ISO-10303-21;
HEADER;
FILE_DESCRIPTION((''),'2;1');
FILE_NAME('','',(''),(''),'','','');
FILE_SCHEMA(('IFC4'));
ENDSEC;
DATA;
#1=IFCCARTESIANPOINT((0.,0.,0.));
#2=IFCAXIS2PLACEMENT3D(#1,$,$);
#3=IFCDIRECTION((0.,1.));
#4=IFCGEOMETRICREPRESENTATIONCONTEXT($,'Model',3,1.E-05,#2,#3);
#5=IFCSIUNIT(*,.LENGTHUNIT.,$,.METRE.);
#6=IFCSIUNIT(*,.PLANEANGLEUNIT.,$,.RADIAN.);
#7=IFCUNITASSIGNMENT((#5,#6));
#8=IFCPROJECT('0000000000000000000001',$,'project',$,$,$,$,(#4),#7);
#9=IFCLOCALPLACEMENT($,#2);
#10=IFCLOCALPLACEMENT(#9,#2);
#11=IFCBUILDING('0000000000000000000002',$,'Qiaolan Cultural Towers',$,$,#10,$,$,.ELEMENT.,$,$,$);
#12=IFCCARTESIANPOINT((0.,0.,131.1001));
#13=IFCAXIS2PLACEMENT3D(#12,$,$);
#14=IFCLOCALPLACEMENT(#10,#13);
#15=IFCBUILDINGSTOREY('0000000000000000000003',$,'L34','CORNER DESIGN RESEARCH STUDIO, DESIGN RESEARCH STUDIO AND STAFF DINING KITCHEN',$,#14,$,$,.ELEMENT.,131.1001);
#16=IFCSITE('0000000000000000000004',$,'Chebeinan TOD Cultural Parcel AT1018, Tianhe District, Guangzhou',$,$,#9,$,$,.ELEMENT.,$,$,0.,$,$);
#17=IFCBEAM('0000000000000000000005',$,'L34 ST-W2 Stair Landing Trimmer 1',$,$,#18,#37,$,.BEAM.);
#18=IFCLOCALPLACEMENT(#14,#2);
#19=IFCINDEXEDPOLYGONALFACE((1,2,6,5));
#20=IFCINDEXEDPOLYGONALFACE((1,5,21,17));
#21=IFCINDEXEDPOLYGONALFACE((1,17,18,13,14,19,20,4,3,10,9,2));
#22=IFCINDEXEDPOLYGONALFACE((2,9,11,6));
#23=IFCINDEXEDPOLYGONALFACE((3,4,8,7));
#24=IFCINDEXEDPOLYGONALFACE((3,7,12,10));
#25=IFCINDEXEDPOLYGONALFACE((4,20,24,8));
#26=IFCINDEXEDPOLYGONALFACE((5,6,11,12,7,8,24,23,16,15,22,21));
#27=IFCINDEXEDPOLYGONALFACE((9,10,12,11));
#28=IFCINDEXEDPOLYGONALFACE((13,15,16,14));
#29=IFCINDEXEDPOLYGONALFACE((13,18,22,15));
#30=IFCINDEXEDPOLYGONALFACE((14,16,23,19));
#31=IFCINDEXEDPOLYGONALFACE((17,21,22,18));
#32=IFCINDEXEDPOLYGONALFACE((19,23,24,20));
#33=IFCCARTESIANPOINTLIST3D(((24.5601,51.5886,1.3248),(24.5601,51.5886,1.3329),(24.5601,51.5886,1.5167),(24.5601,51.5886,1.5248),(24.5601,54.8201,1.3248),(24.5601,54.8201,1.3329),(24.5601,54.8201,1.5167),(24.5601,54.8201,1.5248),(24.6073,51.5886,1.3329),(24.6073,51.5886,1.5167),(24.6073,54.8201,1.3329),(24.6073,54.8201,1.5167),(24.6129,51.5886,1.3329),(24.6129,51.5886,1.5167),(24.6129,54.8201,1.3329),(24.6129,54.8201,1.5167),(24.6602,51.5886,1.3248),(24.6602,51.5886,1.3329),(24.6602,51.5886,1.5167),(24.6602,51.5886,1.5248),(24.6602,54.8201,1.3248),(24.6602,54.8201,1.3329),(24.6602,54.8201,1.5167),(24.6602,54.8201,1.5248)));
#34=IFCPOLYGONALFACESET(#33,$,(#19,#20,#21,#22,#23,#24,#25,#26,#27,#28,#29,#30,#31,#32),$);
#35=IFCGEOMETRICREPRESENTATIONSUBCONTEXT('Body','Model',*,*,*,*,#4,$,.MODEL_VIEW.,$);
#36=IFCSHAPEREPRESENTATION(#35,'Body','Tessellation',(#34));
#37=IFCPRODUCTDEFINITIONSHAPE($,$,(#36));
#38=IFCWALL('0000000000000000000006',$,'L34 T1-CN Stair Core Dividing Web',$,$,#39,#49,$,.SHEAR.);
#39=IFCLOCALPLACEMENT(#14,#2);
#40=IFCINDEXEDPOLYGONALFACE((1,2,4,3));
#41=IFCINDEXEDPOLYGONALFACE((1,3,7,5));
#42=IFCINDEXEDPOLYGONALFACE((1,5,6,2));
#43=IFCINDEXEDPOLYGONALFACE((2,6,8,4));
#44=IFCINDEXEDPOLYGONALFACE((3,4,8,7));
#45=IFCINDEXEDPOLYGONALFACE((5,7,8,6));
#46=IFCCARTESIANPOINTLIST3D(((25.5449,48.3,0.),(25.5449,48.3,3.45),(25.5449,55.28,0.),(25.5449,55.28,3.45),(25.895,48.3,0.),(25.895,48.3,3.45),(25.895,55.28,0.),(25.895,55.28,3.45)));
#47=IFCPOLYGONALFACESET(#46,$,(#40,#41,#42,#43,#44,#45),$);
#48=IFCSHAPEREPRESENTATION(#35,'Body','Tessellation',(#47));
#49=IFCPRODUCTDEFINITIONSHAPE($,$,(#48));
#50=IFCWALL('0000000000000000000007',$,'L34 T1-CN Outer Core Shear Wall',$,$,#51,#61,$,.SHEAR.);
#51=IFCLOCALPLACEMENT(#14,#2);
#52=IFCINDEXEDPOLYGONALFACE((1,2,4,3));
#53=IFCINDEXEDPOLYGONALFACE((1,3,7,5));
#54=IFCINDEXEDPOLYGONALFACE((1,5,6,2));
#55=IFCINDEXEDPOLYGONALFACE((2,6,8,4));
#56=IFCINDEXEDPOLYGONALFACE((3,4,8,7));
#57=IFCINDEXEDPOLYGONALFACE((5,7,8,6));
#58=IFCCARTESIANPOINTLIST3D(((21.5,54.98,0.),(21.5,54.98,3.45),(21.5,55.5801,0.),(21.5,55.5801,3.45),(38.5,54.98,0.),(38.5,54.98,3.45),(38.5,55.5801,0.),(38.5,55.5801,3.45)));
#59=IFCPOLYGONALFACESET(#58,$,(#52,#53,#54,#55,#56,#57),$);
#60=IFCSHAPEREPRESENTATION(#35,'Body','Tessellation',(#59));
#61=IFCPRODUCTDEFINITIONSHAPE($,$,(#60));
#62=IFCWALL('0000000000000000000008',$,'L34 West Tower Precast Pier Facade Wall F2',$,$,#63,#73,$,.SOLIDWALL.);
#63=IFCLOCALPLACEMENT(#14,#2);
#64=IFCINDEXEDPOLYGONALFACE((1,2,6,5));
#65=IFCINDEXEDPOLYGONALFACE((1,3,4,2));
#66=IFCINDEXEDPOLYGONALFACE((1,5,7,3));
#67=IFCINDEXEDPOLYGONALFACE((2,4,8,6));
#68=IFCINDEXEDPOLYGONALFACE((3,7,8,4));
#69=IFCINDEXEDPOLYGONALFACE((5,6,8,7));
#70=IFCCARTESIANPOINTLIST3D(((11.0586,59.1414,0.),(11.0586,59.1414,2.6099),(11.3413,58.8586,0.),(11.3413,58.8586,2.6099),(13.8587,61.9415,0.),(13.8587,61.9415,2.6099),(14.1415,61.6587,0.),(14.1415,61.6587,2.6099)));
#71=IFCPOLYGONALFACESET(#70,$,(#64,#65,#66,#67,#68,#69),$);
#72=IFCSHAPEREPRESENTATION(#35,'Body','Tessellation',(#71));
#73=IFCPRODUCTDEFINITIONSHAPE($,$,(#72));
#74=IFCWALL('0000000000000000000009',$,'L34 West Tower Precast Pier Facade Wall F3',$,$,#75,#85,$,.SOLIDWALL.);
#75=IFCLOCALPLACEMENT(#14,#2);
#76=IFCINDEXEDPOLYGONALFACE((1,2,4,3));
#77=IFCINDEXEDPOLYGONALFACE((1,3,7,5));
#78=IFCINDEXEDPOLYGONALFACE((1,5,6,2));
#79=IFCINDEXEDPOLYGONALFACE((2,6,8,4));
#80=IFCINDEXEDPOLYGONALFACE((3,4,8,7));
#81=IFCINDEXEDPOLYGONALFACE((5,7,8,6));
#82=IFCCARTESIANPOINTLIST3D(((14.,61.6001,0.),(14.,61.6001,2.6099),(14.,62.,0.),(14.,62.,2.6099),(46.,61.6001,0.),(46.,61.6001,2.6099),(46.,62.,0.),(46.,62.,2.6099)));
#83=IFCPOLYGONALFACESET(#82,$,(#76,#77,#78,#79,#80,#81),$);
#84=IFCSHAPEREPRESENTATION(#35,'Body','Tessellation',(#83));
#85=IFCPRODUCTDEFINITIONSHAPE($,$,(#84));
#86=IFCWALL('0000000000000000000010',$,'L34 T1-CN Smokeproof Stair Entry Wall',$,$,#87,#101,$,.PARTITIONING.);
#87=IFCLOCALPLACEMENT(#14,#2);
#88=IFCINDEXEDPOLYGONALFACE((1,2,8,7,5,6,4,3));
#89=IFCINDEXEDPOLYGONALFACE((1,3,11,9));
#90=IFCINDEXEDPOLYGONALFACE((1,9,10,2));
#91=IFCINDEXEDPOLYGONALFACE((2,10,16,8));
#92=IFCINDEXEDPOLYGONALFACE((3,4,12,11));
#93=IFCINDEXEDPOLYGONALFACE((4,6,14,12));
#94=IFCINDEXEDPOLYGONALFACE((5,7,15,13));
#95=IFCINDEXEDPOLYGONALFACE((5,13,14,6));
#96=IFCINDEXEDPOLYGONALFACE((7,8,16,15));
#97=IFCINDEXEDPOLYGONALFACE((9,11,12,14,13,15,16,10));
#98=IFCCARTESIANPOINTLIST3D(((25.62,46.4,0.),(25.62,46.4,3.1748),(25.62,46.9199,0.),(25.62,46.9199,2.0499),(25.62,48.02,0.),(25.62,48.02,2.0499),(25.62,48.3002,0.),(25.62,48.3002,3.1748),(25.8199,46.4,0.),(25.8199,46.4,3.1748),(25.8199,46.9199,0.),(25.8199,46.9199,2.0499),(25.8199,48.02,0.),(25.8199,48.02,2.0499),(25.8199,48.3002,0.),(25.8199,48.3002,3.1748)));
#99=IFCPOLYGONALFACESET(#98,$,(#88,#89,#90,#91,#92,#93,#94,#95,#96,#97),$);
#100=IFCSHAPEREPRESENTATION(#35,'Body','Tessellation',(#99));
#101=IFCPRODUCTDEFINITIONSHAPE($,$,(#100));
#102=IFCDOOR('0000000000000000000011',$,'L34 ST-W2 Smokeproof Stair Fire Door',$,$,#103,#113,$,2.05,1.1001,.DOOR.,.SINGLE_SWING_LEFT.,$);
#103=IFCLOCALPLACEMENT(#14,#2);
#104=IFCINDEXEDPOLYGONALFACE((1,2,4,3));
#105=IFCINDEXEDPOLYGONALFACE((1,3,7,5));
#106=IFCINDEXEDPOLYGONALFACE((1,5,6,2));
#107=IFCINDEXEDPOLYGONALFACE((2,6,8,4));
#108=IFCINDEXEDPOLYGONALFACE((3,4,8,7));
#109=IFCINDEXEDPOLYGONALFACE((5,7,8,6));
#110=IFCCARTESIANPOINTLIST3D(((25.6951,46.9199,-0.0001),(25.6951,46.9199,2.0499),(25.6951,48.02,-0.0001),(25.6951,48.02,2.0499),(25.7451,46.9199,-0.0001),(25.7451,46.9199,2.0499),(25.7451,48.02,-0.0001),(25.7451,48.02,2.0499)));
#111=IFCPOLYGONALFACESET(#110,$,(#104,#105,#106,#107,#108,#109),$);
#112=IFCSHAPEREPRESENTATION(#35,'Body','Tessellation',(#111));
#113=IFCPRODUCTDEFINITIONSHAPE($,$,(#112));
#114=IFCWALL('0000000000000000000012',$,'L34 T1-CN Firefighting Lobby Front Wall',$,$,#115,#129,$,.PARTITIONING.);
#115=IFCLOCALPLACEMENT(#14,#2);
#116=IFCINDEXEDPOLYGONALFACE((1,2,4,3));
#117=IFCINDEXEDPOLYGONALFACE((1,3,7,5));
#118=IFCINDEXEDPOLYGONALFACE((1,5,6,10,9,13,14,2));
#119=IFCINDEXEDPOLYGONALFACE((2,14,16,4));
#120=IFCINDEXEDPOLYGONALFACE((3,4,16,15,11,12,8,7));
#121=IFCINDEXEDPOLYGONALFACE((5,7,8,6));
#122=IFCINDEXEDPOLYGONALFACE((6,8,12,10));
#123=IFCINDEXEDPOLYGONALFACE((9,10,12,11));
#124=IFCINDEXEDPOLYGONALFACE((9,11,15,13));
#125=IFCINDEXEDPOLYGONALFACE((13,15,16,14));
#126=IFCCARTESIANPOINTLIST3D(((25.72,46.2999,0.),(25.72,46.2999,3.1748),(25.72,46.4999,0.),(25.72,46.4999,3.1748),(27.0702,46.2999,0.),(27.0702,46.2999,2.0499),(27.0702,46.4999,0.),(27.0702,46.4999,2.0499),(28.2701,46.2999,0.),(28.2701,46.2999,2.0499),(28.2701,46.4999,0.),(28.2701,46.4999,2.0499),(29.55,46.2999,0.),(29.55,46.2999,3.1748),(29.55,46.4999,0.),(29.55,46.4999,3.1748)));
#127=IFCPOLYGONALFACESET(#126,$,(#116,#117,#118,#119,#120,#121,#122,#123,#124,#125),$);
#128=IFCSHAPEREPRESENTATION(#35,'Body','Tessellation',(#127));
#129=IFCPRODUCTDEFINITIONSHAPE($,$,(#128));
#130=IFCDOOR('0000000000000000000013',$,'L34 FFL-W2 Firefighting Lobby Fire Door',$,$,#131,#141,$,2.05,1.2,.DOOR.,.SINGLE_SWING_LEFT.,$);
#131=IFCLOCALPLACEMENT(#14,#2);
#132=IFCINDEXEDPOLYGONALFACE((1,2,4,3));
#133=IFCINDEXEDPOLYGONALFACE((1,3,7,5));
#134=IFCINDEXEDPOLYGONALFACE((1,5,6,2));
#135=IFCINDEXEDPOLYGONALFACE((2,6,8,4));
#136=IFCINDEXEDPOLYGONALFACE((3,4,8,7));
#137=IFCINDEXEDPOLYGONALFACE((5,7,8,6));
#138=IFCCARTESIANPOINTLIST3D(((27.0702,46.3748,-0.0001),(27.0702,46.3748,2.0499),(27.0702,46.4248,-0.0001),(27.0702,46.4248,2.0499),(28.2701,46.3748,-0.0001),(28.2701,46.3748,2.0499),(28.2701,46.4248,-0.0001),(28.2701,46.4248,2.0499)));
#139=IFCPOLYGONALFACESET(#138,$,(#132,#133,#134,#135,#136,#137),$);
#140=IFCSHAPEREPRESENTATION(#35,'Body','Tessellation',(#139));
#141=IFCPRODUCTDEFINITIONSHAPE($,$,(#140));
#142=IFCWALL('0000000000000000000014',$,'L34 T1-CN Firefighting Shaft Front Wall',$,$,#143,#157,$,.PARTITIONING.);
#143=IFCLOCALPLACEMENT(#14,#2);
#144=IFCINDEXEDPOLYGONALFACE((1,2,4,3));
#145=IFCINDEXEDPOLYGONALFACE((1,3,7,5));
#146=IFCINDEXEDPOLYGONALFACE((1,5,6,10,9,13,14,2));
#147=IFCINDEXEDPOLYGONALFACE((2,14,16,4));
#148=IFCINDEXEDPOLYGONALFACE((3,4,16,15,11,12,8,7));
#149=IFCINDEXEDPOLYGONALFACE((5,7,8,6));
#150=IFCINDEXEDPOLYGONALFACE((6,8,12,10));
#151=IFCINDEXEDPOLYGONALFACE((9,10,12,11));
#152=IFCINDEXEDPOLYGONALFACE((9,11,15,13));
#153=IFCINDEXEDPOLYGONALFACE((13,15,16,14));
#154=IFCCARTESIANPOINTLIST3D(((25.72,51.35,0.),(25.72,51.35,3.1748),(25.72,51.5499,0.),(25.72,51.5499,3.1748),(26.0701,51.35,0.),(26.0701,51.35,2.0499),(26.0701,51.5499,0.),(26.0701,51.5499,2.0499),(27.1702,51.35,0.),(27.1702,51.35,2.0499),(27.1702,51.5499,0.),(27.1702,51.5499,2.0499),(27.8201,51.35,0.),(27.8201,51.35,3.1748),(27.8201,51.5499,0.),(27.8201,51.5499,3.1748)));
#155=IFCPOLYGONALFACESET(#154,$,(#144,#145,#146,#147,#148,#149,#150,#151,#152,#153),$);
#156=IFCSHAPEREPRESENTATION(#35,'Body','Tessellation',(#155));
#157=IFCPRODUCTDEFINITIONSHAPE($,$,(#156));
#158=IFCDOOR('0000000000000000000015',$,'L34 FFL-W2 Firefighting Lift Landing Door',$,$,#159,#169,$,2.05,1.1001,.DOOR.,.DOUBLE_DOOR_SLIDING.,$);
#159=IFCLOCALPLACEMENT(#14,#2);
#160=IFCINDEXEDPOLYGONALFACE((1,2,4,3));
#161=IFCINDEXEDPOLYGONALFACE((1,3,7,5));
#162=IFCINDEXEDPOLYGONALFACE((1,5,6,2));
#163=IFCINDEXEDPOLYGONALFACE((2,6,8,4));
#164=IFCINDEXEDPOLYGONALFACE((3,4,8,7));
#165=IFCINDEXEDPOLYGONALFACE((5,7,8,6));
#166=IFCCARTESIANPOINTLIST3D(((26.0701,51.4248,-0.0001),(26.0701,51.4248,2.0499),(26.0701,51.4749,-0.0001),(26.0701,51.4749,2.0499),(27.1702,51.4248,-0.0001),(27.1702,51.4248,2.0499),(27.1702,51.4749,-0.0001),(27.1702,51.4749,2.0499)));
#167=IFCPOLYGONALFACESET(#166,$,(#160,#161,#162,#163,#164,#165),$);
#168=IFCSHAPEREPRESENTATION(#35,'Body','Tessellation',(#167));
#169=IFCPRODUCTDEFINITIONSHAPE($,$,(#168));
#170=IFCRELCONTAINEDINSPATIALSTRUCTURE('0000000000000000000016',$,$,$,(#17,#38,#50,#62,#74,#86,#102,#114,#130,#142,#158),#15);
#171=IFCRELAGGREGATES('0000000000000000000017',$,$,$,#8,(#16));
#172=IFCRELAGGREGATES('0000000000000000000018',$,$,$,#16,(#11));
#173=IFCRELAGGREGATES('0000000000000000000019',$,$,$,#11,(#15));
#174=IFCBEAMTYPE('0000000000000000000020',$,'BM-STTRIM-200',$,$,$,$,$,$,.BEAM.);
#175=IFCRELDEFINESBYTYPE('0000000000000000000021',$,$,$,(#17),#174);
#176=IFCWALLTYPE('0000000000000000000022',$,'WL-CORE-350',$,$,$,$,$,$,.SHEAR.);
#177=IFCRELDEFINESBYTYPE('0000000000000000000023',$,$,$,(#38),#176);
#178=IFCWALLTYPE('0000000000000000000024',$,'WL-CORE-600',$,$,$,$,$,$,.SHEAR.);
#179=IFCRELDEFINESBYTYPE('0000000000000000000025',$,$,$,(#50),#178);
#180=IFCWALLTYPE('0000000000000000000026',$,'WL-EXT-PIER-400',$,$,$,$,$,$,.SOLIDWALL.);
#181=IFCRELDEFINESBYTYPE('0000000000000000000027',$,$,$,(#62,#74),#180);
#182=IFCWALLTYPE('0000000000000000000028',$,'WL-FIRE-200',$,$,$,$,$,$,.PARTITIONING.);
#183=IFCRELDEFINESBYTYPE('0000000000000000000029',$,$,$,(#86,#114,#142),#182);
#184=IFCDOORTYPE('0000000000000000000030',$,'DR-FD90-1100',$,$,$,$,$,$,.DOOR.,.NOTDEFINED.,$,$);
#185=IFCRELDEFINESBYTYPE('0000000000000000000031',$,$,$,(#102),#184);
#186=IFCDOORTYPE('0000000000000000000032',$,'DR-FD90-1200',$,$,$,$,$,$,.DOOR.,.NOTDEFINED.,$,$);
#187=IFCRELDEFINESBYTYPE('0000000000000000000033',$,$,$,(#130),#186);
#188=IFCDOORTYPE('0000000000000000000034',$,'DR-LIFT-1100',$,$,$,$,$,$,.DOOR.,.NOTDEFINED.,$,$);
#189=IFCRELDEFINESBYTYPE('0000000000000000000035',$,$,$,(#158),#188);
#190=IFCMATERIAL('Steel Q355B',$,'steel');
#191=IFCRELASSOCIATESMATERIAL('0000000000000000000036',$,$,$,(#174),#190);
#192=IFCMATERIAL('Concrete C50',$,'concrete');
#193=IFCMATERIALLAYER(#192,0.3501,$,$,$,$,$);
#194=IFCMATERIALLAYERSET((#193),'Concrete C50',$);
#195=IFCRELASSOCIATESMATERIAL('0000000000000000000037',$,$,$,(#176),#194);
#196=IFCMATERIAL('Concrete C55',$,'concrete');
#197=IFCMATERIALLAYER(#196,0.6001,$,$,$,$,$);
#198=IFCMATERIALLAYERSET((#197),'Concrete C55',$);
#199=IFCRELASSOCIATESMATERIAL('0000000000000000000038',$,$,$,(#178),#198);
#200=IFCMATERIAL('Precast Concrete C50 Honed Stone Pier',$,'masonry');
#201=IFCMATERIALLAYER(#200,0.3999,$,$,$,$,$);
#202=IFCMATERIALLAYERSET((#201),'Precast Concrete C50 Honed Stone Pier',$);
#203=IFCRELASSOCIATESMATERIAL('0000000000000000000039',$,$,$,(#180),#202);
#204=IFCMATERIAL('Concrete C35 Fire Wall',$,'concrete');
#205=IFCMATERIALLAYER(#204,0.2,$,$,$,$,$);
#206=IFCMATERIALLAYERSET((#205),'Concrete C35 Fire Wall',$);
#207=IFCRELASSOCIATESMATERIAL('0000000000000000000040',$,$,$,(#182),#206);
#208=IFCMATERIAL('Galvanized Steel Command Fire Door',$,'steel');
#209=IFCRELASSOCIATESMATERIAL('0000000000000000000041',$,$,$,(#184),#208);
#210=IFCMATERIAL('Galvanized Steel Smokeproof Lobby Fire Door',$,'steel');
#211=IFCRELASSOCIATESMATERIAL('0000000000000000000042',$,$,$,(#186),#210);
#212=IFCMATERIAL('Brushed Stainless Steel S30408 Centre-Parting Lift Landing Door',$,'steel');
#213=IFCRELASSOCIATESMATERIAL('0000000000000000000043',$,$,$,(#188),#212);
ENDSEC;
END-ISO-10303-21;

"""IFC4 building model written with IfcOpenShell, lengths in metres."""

from ifc_helpers import new_model, si_unit, direction, frame, frame_2d, origin, origin_2d, place, context, subcontext, project, spatial, rectangle, i_section, extrude, material, layer, layer_set, material_profile, profile_set, type_object, element, fill, save


model = new_model("IFC4")

# Units and contexts
model_context = context("Model", 3, precision=1e-05, world=origin(), true_north=direction((0.0, 1.0)))
body_context = subcontext(model_context, "Body", "Model", "MODEL_VIEW")
ifc_project = project(units=[si_unit("LENGTHUNIT", "METRE"), si_unit("PLANEANGLEUNIT", "RADIAN")], contexts=[model_context])

# Site, building, storey
site_placement = place(None, origin())
site = spatial("IfcSite", under=ifc_project, at=site_placement, Name="Chebeinan TOD Cultural Parcel AT1018, Tianhe District, Guangzhou", CompositionType="ELEMENT", RefElevation=0.0)
building_placement = place(site_placement, origin())
building = spatial("IfcBuilding", under=site, at=building_placement, Name="Qiaolan Cultural Towers", CompositionType="ELEMENT")
storey_placement = place(building_placement, frame((0.0, 0.0, 131.1001)))
storey = spatial("IfcBuildingStorey", under=building, at=storey_placement, Name="L34", Description="CORNER DESIGN RESEARCH STUDIO, DESIGN RESEARCH STUDIO AND STAFF DINING KITCHEN", CompositionType="ELEMENT", Elevation=131.1001)

# Beam
ifc_material_1 = material(Name="Steel Q355B", Category="steel")
ifc_material_profile_1 = material_profile(ifc_material_1, i_section(OverallWidth=0.1001, OverallDepth=0.2, WebThickness=0.0056, FlangeThickness=0.0081, at=origin_2d()), Name="HN200x100x5.5x8")
ifc_profile_set_1 = profile_set([ifc_material_profile_1], Name="Steel Q355B")
beam_type_1 = type_object("IfcBeamType", Name="BM-STTRIM-200", PredefinedType="BEAM", material=ifc_profile_set_1)
beam_1_placement = place(storey_placement, frame((24.6101, 51.5886, 1.4248), z_axis=(0.0, 1.0, 0.0), x_axis=(-1.0, 0.0, 0.0)))
element("IfcBeam", 1, at=beam_1_placement, inside=storey, type_object=beam_type_1, Name="L34 ST-W2 Stair Landing Trimmer 1", PredefinedType="BEAM", context=body_context, shape_type="SweptSolid", body=[
    extrude(i_section(OverallWidth=0.1001, OverallDepth=0.2, WebThickness=0.0056, FlangeThickness=0.0081, at=origin_2d()), origin(), (0.0, 0.0, 1.0), 3.2314),
])

# Walls
ifc_material_2 = material(Name="Concrete C50", Category="concrete")
ifc_layer_1 = layer(ifc_material_2, 0.3501)
ifc_layer_set_1 = layer_set([ifc_layer_1], Name="Concrete C50")
wall_type_1 = type_object("IfcWallType", Name="WL-CORE-350", PredefinedType="SHEAR", material=ifc_layer_set_1)
wall_1_placement = place(storey_placement, frame((25.72, 48.3, 0.0), z_axis=(0.0, 0.0, 1.0), x_axis=(0.0, 1.0, 0.0)))
element("IfcWall", 2, at=wall_1_placement, inside=storey, type_object=wall_type_1, Name="L34 T1-CN Stair Core Dividing Web", PredefinedType="SHEAR", context=body_context, shape_type="SweptSolid", body=[
    extrude(rectangle(XDim=6.98, YDim=0.3501, at=frame_2d((3.49, 0.0))), origin(), (0.0, 0.0, 1.0), 3.45),
])
ifc_material_3 = material(Name="Concrete C55", Category="concrete")
ifc_layer_2 = layer(ifc_material_3, 0.6001)
ifc_layer_set_2 = layer_set([ifc_layer_2], Name="Concrete C55")
wall_type_2 = type_object("IfcWallType", Name="WL-CORE-600", PredefinedType="SHEAR", material=ifc_layer_set_2)
wall_2_placement = place(storey_placement, frame((21.5, 55.28, 0.0), z_axis=(0.0, 0.0, 1.0), x_axis=(1.0, 0.0, 0.0)))
element("IfcWall", 3, at=wall_2_placement, inside=storey, type_object=wall_type_2, Name="L34 T1-CN Outer Core Shear Wall", PredefinedType="SHEAR", context=body_context, shape_type="SweptSolid", body=[
    extrude(rectangle(XDim=17.0, YDim=0.6001, at=frame_2d((8.5, 0.0))), origin(), (0.0, 0.0, 1.0), 3.45),
])
ifc_material_4 = material(Name="Precast Concrete C50 Honed Stone Pier", Category="masonry")
ifc_layer_3 = layer(ifc_material_4, 0.3999)
ifc_layer_set_3 = layer_set([ifc_layer_3], Name="Precast Concrete C50 Honed Stone Pier")
wall_type_3 = type_object("IfcWallType", Name="WL-EXT-PIER-400", PredefinedType="SOLIDWALL", material=ifc_layer_set_3)
wall_3_placement = place(storey_placement, frame((11.2, 59.0, 0.0), z_axis=(0.0, 0.0, 1.0), x_axis=(0.707107, 0.707107, 0.0)))
element("IfcWall", 4, at=wall_3_placement, inside=storey, type_object=wall_type_3, Name="L34 West Tower Precast Pier Facade Wall F2", PredefinedType="SOLIDWALL", context=body_context, shape_type="SweptSolid", body=[
    extrude(rectangle(XDim=3.96, YDim=0.3999, at=frame_2d((1.98, 0.0))), origin(), (0.0, 0.0, 1.0), 2.6099),
])
wall_4_placement = place(storey_placement, frame((14.0, 61.8, 0.0), z_axis=(0.0, 0.0, 1.0), x_axis=(1.0, 0.0, 0.0)))
element("IfcWall", 5, at=wall_4_placement, inside=storey, type_object=wall_type_3, Name="L34 West Tower Precast Pier Facade Wall F3", PredefinedType="SOLIDWALL", context=body_context, shape_type="SweptSolid", body=[
    extrude(rectangle(XDim=32.0, YDim=0.3999, at=frame_2d((16.0, 0.0))), origin(), (0.0, 0.0, 1.0), 2.6099),
])

# Walls, openings, doors
ifc_material_5 = material(Name="Concrete C35 Fire Wall", Category="concrete")
ifc_layer_4 = layer(ifc_material_5, 0.2)
ifc_layer_set_4 = layer_set([ifc_layer_4], Name="Concrete C35 Fire Wall")
wall_type_4 = type_object("IfcWallType", Name="WL-FIRE-200", PredefinedType="PARTITIONING", material=ifc_layer_set_4)
wall_5_placement = place(storey_placement, frame((25.72, 46.3999, 0.0), z_axis=(0.0, 0.0, 1.0), x_axis=(0.0, 1.0, 0.0)))
wall_5 = element("IfcWall", 6, at=wall_5_placement, inside=storey, type_object=wall_type_4, Name="L34 T1-CN Smokeproof Stair Entry Wall", PredefinedType="PARTITIONING", context=body_context, shape_type="SweptSolid", body=[
    extrude(rectangle(XDim=1.9001, YDim=0.2, at=frame_2d((0.9502, 0.0))), origin(), (0.0, 0.0, 1.0), 3.1748),
])
opening_1_placement = place(wall_5_placement, frame((0.52, 0.0, 0.0)))
opening_1 = element("IfcOpeningElement", 7, at=opening_1_placement, cuts=wall_5, PredefinedType="OPENING", context=body_context, shape_type="SweptSolid", body=[
    extrude(rectangle(XDim=1.1001, YDim=2.05, at=frame_2d((0.55, 1.0249))), frame((0.0, 0.1099, 0.0), z_axis=(0.0, -1.0, 0.0), x_axis=(1.0, 0.0, 0.0)), (0.0, 0.0, 1.0), 0.22),
])
ifc_material_6 = material(Name="Galvanized Steel Command Fire Door", Category="steel")
door_type_1 = type_object("IfcDoorType", Name="DR-FD90-1100", OperationType="NOTDEFINED", PredefinedType="DOOR", material=ifc_material_6)
door_1_placement = place(opening_1_placement, origin())
door_1 = element("IfcDoor", 8, at=door_1_placement, inside=storey, type_object=door_type_1, Name="L34 ST-W2 Smokeproof Stair Fire Door", OperationType="SINGLE_SWING_LEFT", OverallHeight=2.05, OverallWidth=1.1001, PredefinedType="DOOR", context=body_context, shape_type="SweptSolid", body=[
    extrude(rectangle(XDim=1.1001, YDim=2.05, at=frame_2d((0.55, 1.0249))), frame((0.0, 0.0249, 0.0), z_axis=(0.0, -1.0, 0.0), x_axis=(1.0, 0.0, 0.0)), (0.0, 0.0, 1.0), 0.05),
])
fill(opening_1, door_1)
wall_6_placement = place(storey_placement, frame((25.72, 46.3999, 0.0), z_axis=(0.0, 0.0, 1.0), x_axis=(1.0, 0.0, 0.0)))
wall_6 = element("IfcWall", 9, at=wall_6_placement, inside=storey, type_object=wall_type_4, Name="L34 T1-CN Firefighting Lobby Front Wall", PredefinedType="PARTITIONING", context=body_context, shape_type="SweptSolid", body=[
    extrude(rectangle(XDim=3.8301, YDim=0.2, at=frame_2d((1.915, 0.0))), origin(), (0.0, 0.0, 1.0), 3.1748),
])
opening_2_placement = place(wall_6_placement, frame((1.3501, 0.0, 0.0)))
opening_2 = element("IfcOpeningElement", 10, at=opening_2_placement, cuts=wall_6, PredefinedType="OPENING", context=body_context, shape_type="SweptSolid", body=[
    extrude(rectangle(XDim=1.2, YDim=2.05, at=frame_2d((0.6001, 1.0249))), frame((0.0, 0.1099, 0.0), z_axis=(0.0, -1.0, 0.0), x_axis=(1.0, 0.0, 0.0)), (0.0, 0.0, 1.0), 0.22),
])
ifc_material_7 = material(Name="Galvanized Steel Smokeproof Lobby Fire Door", Category="steel")
door_type_2 = type_object("IfcDoorType", Name="DR-FD90-1200", OperationType="NOTDEFINED", PredefinedType="DOOR", material=ifc_material_7)
door_2_placement = place(opening_2_placement, origin())
door_2 = element("IfcDoor", 11, at=door_2_placement, inside=storey, type_object=door_type_2, Name="L34 FFL-W2 Firefighting Lobby Fire Door", OperationType="SINGLE_SWING_LEFT", OverallHeight=2.05, OverallWidth=1.2, PredefinedType="DOOR", context=body_context, shape_type="SweptSolid", body=[
    extrude(rectangle(XDim=1.2, YDim=2.05, at=frame_2d((0.6001, 1.0249))), frame((0.0, 0.0249, 0.0), z_axis=(0.0, -1.0, 0.0), x_axis=(1.0, 0.0, 0.0)), (0.0, 0.0, 1.0), 0.05),
])
fill(opening_2, door_2)
wall_7_placement = place(storey_placement, frame((25.72, 51.45, 0.0), z_axis=(0.0, 0.0, 1.0), x_axis=(1.0, 0.0, 0.0)))
wall_7 = element("IfcWall", 12, at=wall_7_placement, inside=storey, type_object=wall_type_4, Name="L34 T1-CN Firefighting Shaft Front Wall", PredefinedType="PARTITIONING", context=body_context, shape_type="SweptSolid", body=[
    extrude(rectangle(XDim=2.1001, YDim=0.2, at=frame_2d((1.05, 0.0))), origin(), (0.0, 0.0, 1.0), 3.1748),
])
opening_3_placement = place(wall_7_placement, frame((0.3501, 0.0, 0.0)))
opening_3 = element("IfcOpeningElement", 13, at=opening_3_placement, cuts=wall_7, PredefinedType="OPENING", context=body_context, shape_type="SweptSolid", body=[
    extrude(rectangle(XDim=1.1001, YDim=2.05, at=frame_2d((0.55, 1.0249))), frame((0.0, 0.1099, 0.0), z_axis=(0.0, -1.0, 0.0), x_axis=(1.0, 0.0, 0.0)), (0.0, 0.0, 1.0), 0.22),
])
ifc_material_8 = material(Name="Brushed Stainless Steel S30408 Centre-Parting Lift Landing Door", Category="steel")
door_type_3 = type_object("IfcDoorType", Name="DR-LIFT-1100", OperationType="NOTDEFINED", PredefinedType="DOOR", material=ifc_material_8)
door_3_placement = place(opening_3_placement, origin())
door_3 = element("IfcDoor", 14, at=door_3_placement, inside=storey, type_object=door_type_3, Name="L34 FFL-W2 Firefighting Lift Landing Door", OperationType="DOUBLE_DOOR_SLIDING", OverallHeight=2.05, OverallWidth=1.1001, PredefinedType="DOOR", context=body_context, shape_type="SweptSolid", body=[
    extrude(rectangle(XDim=1.1001, YDim=2.05, at=frame_2d((0.55, 1.0249))), frame((0.0, 0.0249, 0.0), z_axis=(0.0, -1.0, 0.0), x_axis=(1.0, 0.0, 0.0)), (0.0, 0.0, 1.0), 0.05),
])
fill(opening_3, door_3)

save(model, "model.ifc")
